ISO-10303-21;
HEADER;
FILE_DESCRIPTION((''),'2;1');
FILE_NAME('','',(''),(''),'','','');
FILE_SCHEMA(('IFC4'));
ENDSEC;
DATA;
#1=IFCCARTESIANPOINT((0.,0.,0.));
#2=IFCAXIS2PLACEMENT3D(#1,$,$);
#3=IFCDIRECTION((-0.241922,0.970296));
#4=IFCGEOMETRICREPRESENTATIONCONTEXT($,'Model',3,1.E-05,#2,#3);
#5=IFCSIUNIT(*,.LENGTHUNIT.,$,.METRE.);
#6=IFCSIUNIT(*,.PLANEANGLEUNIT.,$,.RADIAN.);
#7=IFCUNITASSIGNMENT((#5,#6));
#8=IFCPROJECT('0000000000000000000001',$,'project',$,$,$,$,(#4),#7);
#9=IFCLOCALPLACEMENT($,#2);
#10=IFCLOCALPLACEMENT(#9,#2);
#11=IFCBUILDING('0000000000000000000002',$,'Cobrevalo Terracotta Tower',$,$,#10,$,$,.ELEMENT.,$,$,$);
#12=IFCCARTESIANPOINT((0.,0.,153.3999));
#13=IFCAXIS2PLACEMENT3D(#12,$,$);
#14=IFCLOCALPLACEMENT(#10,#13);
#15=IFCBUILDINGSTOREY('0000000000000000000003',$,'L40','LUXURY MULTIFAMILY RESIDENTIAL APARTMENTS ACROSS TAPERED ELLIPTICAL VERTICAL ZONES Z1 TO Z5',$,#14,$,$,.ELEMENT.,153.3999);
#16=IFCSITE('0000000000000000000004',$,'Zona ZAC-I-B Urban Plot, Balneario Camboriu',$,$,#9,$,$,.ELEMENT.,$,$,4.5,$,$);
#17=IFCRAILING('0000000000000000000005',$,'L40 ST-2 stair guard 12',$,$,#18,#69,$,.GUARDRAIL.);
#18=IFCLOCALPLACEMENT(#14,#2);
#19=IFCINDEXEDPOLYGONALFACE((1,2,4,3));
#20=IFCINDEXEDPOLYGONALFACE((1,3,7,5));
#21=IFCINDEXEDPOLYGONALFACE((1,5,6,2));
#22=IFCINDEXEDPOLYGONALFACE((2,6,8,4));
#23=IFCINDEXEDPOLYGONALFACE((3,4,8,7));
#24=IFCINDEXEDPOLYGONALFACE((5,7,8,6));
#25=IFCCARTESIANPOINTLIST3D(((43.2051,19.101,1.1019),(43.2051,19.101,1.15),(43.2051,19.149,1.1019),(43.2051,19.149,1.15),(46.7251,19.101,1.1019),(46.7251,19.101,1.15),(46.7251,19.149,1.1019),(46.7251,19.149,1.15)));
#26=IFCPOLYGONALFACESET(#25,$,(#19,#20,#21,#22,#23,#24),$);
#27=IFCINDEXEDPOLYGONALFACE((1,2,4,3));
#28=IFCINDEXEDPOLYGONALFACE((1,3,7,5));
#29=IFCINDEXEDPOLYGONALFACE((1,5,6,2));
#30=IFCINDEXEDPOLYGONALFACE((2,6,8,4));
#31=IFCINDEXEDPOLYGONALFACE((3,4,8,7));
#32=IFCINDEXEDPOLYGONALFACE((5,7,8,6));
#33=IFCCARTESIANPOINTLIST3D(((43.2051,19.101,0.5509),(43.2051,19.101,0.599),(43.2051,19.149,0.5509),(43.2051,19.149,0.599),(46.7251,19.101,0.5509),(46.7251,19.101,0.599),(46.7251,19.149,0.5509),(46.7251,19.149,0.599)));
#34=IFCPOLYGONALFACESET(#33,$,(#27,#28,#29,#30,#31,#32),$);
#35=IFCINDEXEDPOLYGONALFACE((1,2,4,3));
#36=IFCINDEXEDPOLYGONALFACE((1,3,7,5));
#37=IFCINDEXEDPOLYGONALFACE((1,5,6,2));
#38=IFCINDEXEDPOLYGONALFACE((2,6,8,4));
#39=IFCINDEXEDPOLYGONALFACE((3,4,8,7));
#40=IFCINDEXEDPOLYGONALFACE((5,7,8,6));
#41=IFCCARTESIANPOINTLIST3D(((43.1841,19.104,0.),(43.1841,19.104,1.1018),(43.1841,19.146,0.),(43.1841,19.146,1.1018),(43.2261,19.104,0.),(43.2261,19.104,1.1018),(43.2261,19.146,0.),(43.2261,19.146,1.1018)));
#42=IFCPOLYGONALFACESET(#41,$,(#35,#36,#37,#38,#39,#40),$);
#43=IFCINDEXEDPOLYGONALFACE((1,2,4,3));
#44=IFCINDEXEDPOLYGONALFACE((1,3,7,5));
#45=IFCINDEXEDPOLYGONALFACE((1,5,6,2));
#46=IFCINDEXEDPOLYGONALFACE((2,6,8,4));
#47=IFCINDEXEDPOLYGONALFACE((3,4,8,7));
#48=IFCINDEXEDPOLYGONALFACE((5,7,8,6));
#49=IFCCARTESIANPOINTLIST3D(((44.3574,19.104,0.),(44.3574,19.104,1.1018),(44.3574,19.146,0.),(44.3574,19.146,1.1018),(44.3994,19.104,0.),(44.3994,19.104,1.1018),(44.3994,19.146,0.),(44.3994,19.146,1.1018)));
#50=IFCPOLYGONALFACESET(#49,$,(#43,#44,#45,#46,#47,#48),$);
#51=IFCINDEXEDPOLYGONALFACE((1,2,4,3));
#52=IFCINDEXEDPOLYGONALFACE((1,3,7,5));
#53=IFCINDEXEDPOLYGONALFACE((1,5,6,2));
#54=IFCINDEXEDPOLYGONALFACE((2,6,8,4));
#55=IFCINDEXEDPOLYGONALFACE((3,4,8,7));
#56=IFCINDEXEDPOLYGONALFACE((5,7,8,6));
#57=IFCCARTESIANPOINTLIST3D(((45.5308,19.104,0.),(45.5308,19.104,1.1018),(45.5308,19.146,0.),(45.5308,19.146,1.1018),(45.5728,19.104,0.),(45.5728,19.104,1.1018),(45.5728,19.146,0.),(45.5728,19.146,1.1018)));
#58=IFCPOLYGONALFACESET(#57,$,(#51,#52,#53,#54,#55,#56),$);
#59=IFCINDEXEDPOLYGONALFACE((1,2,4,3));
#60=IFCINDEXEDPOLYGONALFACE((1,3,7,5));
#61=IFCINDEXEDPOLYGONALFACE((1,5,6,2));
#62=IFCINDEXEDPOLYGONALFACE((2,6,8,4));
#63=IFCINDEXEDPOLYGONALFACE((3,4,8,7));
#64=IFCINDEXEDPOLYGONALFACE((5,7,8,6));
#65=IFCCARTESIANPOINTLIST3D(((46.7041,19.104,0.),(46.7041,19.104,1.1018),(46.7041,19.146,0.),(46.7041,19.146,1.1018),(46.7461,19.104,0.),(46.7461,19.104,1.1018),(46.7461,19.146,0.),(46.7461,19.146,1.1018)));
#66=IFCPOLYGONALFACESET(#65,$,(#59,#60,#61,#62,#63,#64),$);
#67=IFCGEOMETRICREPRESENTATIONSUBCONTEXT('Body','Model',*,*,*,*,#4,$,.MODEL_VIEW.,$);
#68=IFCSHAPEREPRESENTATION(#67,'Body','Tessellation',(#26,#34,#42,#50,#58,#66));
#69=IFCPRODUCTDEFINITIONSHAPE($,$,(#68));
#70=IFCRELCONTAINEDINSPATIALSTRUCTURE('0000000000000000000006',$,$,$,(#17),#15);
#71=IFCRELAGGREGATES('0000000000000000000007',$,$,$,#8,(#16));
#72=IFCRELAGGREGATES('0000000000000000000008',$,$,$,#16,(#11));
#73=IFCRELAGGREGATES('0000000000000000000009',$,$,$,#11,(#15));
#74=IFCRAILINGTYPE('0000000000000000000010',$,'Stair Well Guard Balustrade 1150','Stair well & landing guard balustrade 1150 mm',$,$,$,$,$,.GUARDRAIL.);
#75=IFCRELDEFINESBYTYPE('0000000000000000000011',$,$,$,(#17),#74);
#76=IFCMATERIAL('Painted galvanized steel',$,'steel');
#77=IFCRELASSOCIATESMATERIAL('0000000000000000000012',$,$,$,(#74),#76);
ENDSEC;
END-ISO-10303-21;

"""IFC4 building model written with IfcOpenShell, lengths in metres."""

from ifc_helpers import new_model, si_unit, direction, frame, origin, origin_2d, place, context, subcontext, project, spatial, rectangle, extrude, material, type_object, element, save


model = new_model("IFC4")

# Units and contexts
model_context = context("Model", 3, precision=1e-05, world=origin(), true_north=direction((-0.241922, 0.970296)))
body_context = subcontext(model_context, "Body", "Model", "MODEL_VIEW")
ifc_project = project(units=[si_unit("LENGTHUNIT", "METRE"), si_unit("PLANEANGLEUNIT", "RADIAN")], contexts=[model_context])

# Site, building, storey
site_placement = place(None, origin())
site = spatial("IfcSite", under=ifc_project, at=site_placement, Name="Zona ZAC-I-B Urban Plot, Balneario Camboriu", CompositionType="ELEMENT", RefElevation=4.5)
building_placement = place(site_placement, origin())
building = spatial("IfcBuilding", under=site, at=building_placement, Name="Cobrevalo Terracotta Tower", CompositionType="ELEMENT")
storey_placement = place(building_placement, frame((0.0, 0.0, 153.3999)))
storey = spatial("IfcBuildingStorey", under=building, at=storey_placement, Name="L40", Description="LUXURY MULTIFAMILY RESIDENTIAL APARTMENTS ACROSS TAPERED ELLIPTICAL VERTICAL ZONES Z1 TO Z5", CompositionType="ELEMENT", Elevation=153.3999)

# Railing
ifc_material_1 = material(Name="Painted galvanized steel", Category="steel")
railing_type_1 = type_object("IfcRailingType", Name="Stair Well Guard Balustrade 1150", Description="Stair well & landing guard balustrade 1150 mm", PredefinedType="GUARDRAIL", material=ifc_material_1)
railing_1_placement = place(storey_placement, frame((43.2051, 19.125, 0.0)))
element("IfcRailing", 1, at=railing_1_placement, inside=storey, type_object=railing_type_1, Name="L40 ST-2 stair guard 12", PredefinedType="GUARDRAIL", context=body_context, shape_type="SweptSolid", body=[
    extrude(rectangle(XDim=0.0481, YDim=0.0481, at=origin_2d()), frame((0.0, 0.0, 1.126), z_axis=(1.0, 0.0, 0.0), x_axis=(0.0, 1.0, 0.0)), (0.0, 0.0, 1.0), 3.52),
    extrude(rectangle(XDim=0.0481, YDim=0.0481, at=origin_2d()), frame((0.0, 0.0, 0.575), z_axis=(1.0, 0.0, 0.0), x_axis=(0.0, 1.0, 0.0)), (0.0, 0.0, 1.0), 3.52),
    extrude(rectangle(XDim=0.042, YDim=0.042, at=origin_2d()), origin(), (0.0, 0.0, 1.0), 1.1018),
    extrude(rectangle(XDim=0.042, YDim=0.042, at=origin_2d()), frame((1.1733, 0.0, 0.0)), (0.0, 0.0, 1.0), 1.1018),
    extrude(rectangle(XDim=0.042, YDim=0.042, at=origin_2d()), frame((2.3467, 0.0, 0.0)), (0.0, 0.0, 1.0), 1.1018),
    extrude(rectangle(XDim=0.042, YDim=0.042, at=origin_2d()), frame((3.52, 0.0, 0.0)), (0.0, 0.0, 1.0), 1.1018),
])

save(model, "model.ifc")
